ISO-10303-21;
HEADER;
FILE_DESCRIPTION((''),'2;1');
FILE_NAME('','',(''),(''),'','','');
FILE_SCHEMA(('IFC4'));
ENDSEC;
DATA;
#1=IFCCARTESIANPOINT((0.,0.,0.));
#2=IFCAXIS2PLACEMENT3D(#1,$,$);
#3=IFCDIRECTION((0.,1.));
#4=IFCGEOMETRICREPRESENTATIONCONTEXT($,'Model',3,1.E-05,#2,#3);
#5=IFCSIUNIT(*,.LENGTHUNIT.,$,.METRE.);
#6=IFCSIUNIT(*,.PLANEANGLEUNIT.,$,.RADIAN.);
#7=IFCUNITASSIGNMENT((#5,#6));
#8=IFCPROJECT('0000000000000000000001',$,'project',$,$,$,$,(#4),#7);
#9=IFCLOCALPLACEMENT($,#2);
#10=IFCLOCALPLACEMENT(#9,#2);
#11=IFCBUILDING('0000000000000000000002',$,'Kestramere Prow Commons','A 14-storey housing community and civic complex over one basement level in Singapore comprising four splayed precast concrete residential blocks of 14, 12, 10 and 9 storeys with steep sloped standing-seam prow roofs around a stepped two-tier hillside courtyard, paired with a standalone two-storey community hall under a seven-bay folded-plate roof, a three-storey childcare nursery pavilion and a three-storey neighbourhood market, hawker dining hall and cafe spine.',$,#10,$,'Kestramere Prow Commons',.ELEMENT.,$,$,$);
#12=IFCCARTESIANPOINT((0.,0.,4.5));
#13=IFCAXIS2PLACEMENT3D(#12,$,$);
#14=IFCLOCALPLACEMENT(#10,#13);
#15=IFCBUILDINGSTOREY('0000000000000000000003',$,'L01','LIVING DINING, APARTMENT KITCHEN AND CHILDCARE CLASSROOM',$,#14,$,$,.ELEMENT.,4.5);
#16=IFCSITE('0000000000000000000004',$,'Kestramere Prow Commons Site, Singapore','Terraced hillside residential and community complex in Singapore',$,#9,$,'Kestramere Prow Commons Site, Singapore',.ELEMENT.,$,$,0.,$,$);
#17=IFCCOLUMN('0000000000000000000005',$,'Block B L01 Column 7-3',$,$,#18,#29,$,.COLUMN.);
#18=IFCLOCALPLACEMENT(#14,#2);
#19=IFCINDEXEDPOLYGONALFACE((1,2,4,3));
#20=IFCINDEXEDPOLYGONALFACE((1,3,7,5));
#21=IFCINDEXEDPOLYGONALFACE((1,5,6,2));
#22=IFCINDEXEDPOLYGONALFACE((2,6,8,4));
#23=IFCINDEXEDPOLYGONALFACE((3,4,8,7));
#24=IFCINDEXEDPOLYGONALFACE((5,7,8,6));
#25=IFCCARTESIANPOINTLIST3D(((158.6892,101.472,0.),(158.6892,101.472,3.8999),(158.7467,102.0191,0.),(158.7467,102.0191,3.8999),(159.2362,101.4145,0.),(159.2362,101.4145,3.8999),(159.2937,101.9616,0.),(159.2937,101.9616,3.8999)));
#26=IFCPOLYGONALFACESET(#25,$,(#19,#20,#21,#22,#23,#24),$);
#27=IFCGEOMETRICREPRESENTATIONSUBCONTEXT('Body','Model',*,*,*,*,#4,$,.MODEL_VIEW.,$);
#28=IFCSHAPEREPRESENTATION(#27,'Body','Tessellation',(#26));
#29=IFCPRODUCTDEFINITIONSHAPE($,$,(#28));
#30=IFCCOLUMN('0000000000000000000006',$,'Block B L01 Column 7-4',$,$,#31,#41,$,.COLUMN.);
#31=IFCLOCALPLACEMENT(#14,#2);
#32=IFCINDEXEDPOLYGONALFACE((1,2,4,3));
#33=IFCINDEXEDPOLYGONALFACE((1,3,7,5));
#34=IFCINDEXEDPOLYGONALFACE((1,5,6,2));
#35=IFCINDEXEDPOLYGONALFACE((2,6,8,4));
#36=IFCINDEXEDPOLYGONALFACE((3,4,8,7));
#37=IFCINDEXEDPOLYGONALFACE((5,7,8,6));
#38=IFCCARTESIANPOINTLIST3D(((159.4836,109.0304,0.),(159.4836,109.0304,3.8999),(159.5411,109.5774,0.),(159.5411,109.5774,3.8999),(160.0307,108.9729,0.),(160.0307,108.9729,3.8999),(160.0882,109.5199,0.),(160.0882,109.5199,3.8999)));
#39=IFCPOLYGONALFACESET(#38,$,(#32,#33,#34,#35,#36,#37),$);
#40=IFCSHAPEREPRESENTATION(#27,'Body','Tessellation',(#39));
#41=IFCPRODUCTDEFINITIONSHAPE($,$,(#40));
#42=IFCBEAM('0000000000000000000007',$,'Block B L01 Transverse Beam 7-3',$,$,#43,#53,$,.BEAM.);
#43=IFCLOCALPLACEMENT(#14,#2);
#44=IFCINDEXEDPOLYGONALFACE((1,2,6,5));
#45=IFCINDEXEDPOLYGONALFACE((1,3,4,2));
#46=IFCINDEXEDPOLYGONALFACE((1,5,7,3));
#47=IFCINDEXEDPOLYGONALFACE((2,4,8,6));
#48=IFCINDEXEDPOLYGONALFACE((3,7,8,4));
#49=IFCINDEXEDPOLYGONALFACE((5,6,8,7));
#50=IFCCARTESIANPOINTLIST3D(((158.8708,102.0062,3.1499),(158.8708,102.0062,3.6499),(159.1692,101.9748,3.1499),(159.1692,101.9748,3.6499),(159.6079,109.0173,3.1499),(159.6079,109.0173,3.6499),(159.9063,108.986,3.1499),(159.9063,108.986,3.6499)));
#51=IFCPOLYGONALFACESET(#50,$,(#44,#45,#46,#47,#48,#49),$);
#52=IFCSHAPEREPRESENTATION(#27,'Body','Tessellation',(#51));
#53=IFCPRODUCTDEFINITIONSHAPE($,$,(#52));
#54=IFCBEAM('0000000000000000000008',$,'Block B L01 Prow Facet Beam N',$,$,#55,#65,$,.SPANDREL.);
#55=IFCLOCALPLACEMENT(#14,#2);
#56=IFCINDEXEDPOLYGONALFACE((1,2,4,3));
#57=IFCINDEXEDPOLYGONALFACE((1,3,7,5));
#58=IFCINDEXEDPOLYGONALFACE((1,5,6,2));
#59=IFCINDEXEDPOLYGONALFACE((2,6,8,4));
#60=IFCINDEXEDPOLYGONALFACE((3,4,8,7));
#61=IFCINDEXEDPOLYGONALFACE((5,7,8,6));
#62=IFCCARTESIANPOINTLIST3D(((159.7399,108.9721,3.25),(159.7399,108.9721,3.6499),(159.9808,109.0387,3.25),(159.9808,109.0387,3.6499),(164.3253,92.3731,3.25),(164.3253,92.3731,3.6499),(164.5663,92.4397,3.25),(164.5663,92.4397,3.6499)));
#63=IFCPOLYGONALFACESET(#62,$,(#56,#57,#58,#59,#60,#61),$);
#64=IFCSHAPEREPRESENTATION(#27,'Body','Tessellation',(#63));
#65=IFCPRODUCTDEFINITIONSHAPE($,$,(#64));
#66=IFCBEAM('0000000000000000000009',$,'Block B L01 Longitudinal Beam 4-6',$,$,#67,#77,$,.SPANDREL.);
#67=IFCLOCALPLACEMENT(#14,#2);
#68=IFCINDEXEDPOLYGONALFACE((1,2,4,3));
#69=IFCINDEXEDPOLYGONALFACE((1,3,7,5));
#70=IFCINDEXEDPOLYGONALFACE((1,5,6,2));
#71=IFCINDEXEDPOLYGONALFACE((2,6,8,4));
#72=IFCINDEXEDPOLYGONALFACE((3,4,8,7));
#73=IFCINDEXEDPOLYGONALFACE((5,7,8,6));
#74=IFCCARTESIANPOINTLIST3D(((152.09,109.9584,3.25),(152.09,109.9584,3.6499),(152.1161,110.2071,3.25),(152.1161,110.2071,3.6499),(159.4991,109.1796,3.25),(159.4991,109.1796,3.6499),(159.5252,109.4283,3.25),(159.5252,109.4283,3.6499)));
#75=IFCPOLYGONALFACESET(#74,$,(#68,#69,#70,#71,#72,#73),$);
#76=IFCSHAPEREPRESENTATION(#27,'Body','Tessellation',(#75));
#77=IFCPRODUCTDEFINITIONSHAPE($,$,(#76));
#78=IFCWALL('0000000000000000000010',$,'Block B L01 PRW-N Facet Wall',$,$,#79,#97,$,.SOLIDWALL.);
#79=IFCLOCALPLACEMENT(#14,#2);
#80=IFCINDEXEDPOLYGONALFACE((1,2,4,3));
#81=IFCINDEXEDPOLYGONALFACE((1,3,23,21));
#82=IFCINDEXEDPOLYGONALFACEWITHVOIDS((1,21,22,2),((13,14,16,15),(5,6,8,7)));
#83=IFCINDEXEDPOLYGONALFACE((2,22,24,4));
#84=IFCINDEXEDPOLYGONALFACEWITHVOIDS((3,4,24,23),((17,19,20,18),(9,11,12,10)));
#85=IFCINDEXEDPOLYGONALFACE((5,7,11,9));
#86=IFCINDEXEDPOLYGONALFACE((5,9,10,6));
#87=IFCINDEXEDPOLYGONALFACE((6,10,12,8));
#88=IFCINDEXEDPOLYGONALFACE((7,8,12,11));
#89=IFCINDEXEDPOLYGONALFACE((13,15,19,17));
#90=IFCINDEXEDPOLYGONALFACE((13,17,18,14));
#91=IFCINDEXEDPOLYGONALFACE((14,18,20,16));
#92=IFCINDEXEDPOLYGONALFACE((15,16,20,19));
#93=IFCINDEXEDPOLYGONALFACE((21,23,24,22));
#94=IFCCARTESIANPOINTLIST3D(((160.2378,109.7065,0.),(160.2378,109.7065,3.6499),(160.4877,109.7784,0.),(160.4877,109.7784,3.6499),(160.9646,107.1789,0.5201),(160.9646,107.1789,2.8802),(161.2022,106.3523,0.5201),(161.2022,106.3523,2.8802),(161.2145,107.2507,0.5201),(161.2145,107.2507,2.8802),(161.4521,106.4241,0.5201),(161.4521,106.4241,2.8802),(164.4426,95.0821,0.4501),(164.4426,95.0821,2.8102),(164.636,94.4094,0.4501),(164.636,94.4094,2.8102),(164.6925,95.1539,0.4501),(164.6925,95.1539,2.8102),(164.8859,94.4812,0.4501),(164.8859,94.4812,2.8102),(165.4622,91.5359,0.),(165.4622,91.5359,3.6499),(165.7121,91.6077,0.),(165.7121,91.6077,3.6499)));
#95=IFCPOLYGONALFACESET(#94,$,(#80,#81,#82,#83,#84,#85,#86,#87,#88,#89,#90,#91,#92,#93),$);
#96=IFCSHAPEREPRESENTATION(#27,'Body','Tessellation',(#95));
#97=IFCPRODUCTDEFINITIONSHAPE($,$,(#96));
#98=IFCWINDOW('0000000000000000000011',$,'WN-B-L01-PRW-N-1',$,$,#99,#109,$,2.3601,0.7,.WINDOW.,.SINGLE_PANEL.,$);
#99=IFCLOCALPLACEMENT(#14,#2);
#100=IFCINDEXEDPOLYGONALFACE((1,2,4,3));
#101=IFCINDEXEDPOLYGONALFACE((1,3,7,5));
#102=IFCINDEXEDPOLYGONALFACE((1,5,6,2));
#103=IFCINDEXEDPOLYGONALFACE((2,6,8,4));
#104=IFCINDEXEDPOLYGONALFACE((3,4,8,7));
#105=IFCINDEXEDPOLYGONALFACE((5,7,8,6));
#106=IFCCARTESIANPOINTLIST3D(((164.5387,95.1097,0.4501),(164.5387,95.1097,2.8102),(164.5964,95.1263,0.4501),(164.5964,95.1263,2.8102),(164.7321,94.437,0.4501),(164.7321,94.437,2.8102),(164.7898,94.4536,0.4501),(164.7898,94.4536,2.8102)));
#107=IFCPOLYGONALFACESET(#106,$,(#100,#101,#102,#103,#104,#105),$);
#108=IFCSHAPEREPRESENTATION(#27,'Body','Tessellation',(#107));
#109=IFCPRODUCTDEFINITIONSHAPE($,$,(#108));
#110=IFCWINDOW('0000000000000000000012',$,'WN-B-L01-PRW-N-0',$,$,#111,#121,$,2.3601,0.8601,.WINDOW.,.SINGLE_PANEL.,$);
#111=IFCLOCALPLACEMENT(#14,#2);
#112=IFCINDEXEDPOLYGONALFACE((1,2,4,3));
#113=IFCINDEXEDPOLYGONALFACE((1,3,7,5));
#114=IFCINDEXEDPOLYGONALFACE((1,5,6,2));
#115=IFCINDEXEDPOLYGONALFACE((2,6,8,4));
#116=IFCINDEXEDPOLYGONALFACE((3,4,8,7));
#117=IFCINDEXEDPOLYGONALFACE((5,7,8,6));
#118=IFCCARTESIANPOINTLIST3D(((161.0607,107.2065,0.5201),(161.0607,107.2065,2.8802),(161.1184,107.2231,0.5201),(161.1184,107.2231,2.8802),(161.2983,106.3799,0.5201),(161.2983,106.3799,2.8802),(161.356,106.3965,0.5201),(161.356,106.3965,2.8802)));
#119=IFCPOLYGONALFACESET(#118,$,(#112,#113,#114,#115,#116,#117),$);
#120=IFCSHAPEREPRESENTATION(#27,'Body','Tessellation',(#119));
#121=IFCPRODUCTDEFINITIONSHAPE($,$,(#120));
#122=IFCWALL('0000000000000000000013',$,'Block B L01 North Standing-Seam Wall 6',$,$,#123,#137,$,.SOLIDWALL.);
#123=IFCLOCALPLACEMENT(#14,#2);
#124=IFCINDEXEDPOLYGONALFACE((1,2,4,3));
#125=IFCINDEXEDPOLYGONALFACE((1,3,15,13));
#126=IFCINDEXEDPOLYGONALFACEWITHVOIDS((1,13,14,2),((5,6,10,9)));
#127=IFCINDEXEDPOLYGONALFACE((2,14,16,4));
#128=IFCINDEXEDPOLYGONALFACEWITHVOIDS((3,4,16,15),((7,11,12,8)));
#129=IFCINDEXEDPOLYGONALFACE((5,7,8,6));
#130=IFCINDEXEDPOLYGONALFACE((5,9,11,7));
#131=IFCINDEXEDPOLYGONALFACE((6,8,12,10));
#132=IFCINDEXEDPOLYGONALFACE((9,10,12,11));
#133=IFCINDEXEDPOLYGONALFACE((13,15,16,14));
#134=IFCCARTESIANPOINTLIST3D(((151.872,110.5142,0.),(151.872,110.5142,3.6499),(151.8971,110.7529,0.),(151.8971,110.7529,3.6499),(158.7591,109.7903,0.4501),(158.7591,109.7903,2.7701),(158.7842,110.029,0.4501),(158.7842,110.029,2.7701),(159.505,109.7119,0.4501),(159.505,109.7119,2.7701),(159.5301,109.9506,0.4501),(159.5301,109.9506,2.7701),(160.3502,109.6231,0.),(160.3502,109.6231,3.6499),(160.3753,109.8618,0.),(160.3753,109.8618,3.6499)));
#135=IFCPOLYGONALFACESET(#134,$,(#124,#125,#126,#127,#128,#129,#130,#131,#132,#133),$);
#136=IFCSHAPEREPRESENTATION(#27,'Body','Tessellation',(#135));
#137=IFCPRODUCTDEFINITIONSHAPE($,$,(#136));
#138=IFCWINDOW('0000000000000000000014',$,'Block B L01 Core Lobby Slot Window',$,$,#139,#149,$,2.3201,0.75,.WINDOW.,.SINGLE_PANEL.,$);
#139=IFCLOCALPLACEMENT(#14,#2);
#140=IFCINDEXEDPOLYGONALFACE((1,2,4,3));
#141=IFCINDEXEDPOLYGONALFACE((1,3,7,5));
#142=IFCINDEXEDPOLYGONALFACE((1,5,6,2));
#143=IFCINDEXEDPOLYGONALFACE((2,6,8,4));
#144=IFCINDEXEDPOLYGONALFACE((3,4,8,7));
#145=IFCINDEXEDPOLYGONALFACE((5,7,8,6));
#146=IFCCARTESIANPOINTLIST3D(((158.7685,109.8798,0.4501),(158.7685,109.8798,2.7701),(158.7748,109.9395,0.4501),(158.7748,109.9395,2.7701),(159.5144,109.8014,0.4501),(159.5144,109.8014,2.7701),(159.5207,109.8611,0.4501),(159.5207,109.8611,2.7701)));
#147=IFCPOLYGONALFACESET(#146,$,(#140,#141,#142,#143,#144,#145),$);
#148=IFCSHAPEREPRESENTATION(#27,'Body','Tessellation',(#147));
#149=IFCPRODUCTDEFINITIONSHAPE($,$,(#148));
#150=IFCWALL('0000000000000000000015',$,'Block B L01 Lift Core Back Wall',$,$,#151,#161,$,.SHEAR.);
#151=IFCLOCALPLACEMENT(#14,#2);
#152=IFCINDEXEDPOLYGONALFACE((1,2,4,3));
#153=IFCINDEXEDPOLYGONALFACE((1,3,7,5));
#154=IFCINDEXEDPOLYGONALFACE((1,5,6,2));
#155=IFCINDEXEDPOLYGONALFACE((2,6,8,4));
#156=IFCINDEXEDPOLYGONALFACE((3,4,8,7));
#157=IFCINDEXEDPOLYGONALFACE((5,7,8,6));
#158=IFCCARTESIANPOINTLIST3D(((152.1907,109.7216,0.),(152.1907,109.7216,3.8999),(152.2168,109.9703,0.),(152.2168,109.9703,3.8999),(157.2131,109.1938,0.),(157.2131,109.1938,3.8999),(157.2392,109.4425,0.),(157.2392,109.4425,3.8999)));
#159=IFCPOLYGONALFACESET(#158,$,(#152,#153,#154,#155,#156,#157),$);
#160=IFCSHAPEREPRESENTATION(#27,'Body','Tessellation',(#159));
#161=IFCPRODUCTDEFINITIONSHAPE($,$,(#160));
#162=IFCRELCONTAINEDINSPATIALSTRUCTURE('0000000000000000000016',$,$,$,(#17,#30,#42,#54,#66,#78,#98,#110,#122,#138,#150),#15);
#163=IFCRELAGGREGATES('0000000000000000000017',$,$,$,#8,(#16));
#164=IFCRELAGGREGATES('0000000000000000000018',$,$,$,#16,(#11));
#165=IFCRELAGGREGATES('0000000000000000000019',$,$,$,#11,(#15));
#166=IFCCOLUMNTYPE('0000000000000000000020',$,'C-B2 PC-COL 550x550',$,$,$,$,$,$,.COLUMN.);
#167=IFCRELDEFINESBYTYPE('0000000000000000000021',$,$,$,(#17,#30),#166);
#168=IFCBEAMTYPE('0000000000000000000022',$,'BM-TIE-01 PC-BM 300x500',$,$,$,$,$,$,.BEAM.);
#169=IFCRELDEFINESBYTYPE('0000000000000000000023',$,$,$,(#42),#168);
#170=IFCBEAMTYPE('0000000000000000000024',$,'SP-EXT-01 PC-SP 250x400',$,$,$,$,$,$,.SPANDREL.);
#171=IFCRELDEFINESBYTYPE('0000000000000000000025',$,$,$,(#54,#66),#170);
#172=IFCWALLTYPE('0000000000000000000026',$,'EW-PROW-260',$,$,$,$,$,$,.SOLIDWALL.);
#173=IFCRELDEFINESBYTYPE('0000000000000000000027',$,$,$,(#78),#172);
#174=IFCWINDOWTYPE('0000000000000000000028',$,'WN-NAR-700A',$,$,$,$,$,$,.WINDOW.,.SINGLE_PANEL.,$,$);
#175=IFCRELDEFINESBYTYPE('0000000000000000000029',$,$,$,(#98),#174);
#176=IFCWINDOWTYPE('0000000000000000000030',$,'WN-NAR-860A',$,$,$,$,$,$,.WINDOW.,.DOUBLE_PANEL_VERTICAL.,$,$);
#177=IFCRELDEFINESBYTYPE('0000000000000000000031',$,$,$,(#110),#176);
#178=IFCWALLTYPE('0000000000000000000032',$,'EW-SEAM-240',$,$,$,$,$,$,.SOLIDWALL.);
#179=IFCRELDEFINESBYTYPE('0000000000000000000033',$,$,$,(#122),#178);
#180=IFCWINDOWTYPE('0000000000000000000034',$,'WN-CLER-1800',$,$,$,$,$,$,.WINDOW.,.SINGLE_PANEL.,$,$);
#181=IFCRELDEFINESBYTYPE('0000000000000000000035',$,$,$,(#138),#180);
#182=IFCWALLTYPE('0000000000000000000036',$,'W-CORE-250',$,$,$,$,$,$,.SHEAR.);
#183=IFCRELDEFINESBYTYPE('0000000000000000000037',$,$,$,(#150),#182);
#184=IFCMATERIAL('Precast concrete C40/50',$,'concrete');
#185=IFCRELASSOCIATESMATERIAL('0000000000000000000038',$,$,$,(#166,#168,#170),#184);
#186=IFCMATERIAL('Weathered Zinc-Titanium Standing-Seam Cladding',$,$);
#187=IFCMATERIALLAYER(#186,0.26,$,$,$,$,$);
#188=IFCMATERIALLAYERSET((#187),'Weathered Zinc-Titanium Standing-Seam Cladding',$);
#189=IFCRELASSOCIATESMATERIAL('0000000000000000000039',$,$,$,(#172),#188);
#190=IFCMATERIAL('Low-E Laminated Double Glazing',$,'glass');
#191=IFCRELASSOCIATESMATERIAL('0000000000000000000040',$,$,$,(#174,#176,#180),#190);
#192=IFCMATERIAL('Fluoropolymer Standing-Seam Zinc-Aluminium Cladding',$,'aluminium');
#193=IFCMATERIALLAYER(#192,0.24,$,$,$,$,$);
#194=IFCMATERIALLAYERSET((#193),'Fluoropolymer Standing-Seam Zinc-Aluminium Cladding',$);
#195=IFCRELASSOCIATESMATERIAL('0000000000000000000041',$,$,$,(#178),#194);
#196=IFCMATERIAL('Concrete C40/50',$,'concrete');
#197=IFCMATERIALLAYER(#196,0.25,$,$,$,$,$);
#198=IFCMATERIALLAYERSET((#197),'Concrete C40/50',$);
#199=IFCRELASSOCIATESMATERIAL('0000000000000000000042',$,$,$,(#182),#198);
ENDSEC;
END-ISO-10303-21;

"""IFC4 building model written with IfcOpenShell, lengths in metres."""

from ifc_helpers import new_model, si_unit, direction, frame, frame_2d, origin, origin_2d, place, context, subcontext, project, spatial, rectangle, extrude, material, layer, layer_set, material_profile, profile_set, type_object, element, fill, save


model = new_model("IFC4")

# Units and contexts
model_context = context("Model", 3, precision=1e-05, world=origin(), true_north=direction((0.0, 1.0)))
body_context = subcontext(model_context, "Body", "Model", "MODEL_VIEW")
ifc_project = project(units=[si_unit("LENGTHUNIT", "METRE"), si_unit("PLANEANGLEUNIT", "RADIAN")], contexts=[model_context])

# Site, building, storey
site_placement = place(None, origin())
site = spatial("IfcSite", under=ifc_project, at=site_placement, Name="Kestramere Prow Commons Site, Singapore", Description="Terraced hillside residential and community complex in Singapore", LongName="Kestramere Prow Commons Site, Singapore", CompositionType="ELEMENT", RefElevation=0.0)
building_placement = place(site_placement, origin())
building = spatial("IfcBuilding", under=site, at=building_placement, Name="Kestramere Prow Commons", Description="A 14-storey housing community and civic complex over one basement level in Singapore comprising four splayed precast concrete residential blocks of 14, 12, 10 and 9 storeys with steep sloped standing-seam prow roofs around a stepped two-tier hillside courtyard, paired with a standalone two-storey community hall under a seven-bay folded-plate roof, a three-storey childcare nursery pavilion and a three-storey neighbourhood market, hawker dining hall and cafe spine.", LongName="Kestramere Prow Commons", CompositionType="ELEMENT")
storey_placement = place(building_placement, frame((0.0, 0.0, 4.5)))
storey = spatial("IfcBuildingStorey", under=building, at=storey_placement, Name="L01", Description="LIVING DINING, APARTMENT KITCHEN AND CHILDCARE CLASSROOM", CompositionType="ELEMENT", Elevation=4.5)

# Columns
ifc_material_1 = material(Name="Precast concrete C40/50", Category="concrete")
ifc_material_profile_1 = material_profile(ifc_material_1, rectangle(XDim=0.55, YDim=0.55, at=origin_2d()), Name="PC-COL 550x550")
ifc_profile_set_1 = profile_set([ifc_material_profile_1], Name="Precast concrete C40/50")
column_type = type_object("IfcColumnType", Name="C-B2 PC-COL 550x550", PredefinedType="COLUMN", material=ifc_profile_set_1)
for number, where, z_axis, x_axis, name in (
    (1, (158.9915, 101.7168, 0.0), (0.0, 0.0, 1.0), (0.994522, -0.104528, 0.0), "Block B L01 Column 7-3"),
    (2, (159.7859, 109.2751, 0.0), (0.0, 0.0, 1.0), (0.994522, -0.104528, 0.0), "Block B L01 Column 7-4"),
):
    element("IfcColumn", number, at=place(storey_placement, frame(where, z_axis=z_axis, x_axis=x_axis)), inside=storey, type_object=column_type, Name=name, PredefinedType="COLUMN", context=body_context, shape_type="SweptSolid", body=[
        extrude(rectangle(XDim=0.55, YDim=0.55, at=origin_2d()), origin(), (0.0, 0.0, 1.0), 3.8999),
    ])

# Beams
ifc_material_profile_2 = material_profile(ifc_material_1, rectangle(XDim=0.3, YDim=0.5, at=origin_2d()), Name="PC-BM 300x500")
ifc_profile_set_2 = profile_set([ifc_material_profile_2], Name="Precast concrete C40/50")
beam_type_1 = type_object("IfcBeamType", Name="BM-TIE-01 PC-BM 300x500", PredefinedType="BEAM", material=ifc_profile_set_2)
beam_1_placement = place(storey_placement, frame((159.02, 101.9905, 3.3999), z_axis=(0.10455, 0.99452, 0.0), x_axis=(-0.99452, 0.10455, 0.0)))
element("IfcBeam", 3, at=beam_1_placement, inside=storey, type_object=beam_type_1, Name="Block B L01 Transverse Beam 7-3", PredefinedType="BEAM", context=body_context, shape_type="SweptSolid", body=[
    extrude(rectangle(XDim=0.3, YDim=0.5, at=origin_2d()), origin(), (0.0, 0.0, 1.0), 7.0498),
])
ifc_material_profile_3 = material_profile(ifc_material_1, rectangle(XDim=0.25, YDim=0.3999, at=origin_2d()), Name="PC-SP 250x400")
ifc_profile_set_3 = profile_set([ifc_material_profile_3], Name="Precast concrete C40/50")
beam_type_2 = type_object("IfcBeamType", Name="SP-EXT-01 PC-SP 250x400", PredefinedType="SPANDREL", material=ifc_profile_set_3)
beam_2_placement = place(storey_placement, frame((159.8604, 109.0054, 3.45), z_axis=(0.266277, -0.963897, 0.0), x_axis=(0.963897, 0.266277, 0.0)))
element("IfcBeam", 4, at=beam_2_placement, inside=storey, type_object=beam_type_2, Name="Block B L01 Prow Facet Beam N", PredefinedType="SPANDREL", context=body_context, shape_type="SweptSolid", body=[
    extrude(rectangle(XDim=0.25, YDim=0.3999, at=origin_2d()), origin(), (0.0, 0.0, 1.0), 17.2207),
])
beam_3_placement = place(storey_placement, frame((152.103, 110.0828, 3.45), z_axis=(0.994521, -0.104538, 0.0), x_axis=(0.104538, 0.994521, 0.0)))
element("IfcBeam", 5, at=beam_3_placement, inside=storey, type_object=beam_type_2, Name="Block B L01 Longitudinal Beam 4-6", PredefinedType="SPANDREL", context=body_context, shape_type="SweptSolid", body=[
    extrude(rectangle(XDim=0.25, YDim=0.3999, at=origin_2d()), origin(), (0.0, 0.0, 1.0), 7.45),
])

# Wall, openings, windows
ifc_material_2 = material(Name="Weathered Zinc-Titanium Standing-Seam Cladding")
ifc_layer_1 = layer(ifc_material_2, 0.26)
ifc_layer_set_1 = layer_set([ifc_layer_1], Name="Weathered Zinc-Titanium Standing-Seam Cladding")
wall_type_1 = type_object("IfcWallType", Name="EW-PROW-260", PredefinedType="SOLIDWALL", material=ifc_layer_set_1)
wall_1_placement = place(storey_placement, frame((160.3628, 109.7424, 0.0), z_axis=(0.0, 0.0, 1.0), x_axis=(0.276322, -0.961065, 0.0)))
wall_1 = element("IfcWall", 6, at=wall_1_placement, inside=storey, type_object=wall_type_1, Name="Block B L01 PRW-N Facet Wall", PredefinedType="SOLIDWALL", context=body_context, shape_type="SweptSolid", body=[
    extrude(rectangle(XDim=18.9067, YDim=0.26, at=frame_2d((9.4534, 0.0))), origin(), (0.0, 0.0, 1.0), 3.6499),
])
opening_1_placement = place(wall_1_placement, frame((2.6299, 0.0, 0.52)))
opening_1 = element("IfcOpeningElement", 7, at=opening_1_placement, cuts=wall_1, PredefinedType="OPENING", context=body_context, shape_type="SweptSolid", body=[
    extrude(rectangle(XDim=0.8601, YDim=2.3601, at=frame_2d((0.4302, 1.1802))), frame((0.0, 0.145, 0.0), z_axis=(0.0, -1.0, 0.0), x_axis=(1.0, 0.0, 0.0)), (0.0, 0.0, 1.0), 0.29),
])
opening_2_placement = place(wall_1_placement, frame((15.2168, 0.0, 0.45)))
opening_2 = element("IfcOpeningElement", 8, at=opening_2_placement, cuts=wall_1, PredefinedType="OPENING", context=body_context, shape_type="SweptSolid", body=[
    extrude(rectangle(XDim=0.7, YDim=2.3601, at=frame_2d((0.3501, 1.1802))), frame((0.0, 0.145, 0.0), z_axis=(0.0, -1.0, 0.0), x_axis=(1.0, 0.0, 0.0)), (0.0, 0.0, 1.0), 0.29),
])
ifc_material_3 = material(Name="Low-E Laminated Double Glazing", Category="glass")
window_type_1 = type_object("IfcWindowType", Name="WN-NAR-700A", PartitioningType="SINGLE_PANEL", PredefinedType="WINDOW", material=ifc_material_3)
window_1_placement = place(opening_2_placement, origin())
window_1 = element("IfcWindow", 9, at=window_1_placement, inside=storey, type_object=window_type_1, Name="WN-B-L01-PRW-N-1", OverallHeight=2.3601, OverallWidth=0.7, PartitioningType="SINGLE_PANEL", PredefinedType="WINDOW", context=body_context, shape_type="SweptSolid", body=[
    extrude(rectangle(XDim=0.7, YDim=2.3601, at=frame_2d((0.3501, 1.1802))), frame((0.0, 0.03, 0.0), z_axis=(0.0, -1.0, 0.0), x_axis=(1.0, 0.0, 0.0)), (0.0, 0.0, 1.0), 0.0601),
])
fill(opening_2, window_1)
window_type_2 = type_object("IfcWindowType", Name="WN-NAR-860A", PartitioningType="DOUBLE_PANEL_VERTICAL", PredefinedType="WINDOW", material=ifc_material_3)
window_2_placement = place(opening_1_placement, origin())
window_2 = element("IfcWindow", 10, at=window_2_placement, inside=storey, type_object=window_type_2, Name="WN-B-L01-PRW-N-0", OverallHeight=2.3601, OverallWidth=0.8601, PartitioningType="SINGLE_PANEL", PredefinedType="WINDOW", context=body_context, shape_type="SweptSolid", body=[
    extrude(rectangle(XDim=0.8601, YDim=2.3601, at=frame_2d((0.4302, 1.1802))), frame((0.0, 0.03, 0.0), z_axis=(0.0, -1.0, 0.0), x_axis=(1.0, 0.0, 0.0)), (0.0, 0.0, 1.0), 0.0601),
])
fill(opening_1, window_2)

# Wall, opening, window
ifc_material_4 = material(Name="Fluoropolymer Standing-Seam Zinc-Aluminium Cladding", Category="aluminium")
ifc_layer_2 = layer(ifc_material_4, 0.24)
ifc_layer_set_2 = layer_set([ifc_layer_2], Name="Fluoropolymer Standing-Seam Zinc-Aluminium Cladding")
wall_type_2 = type_object("IfcWallType", Name="EW-SEAM-240", PredefinedType="SOLIDWALL", material=ifc_layer_set_2)
wall_2_placement = place(storey_placement, frame((151.8845, 110.6335, 0.0), z_axis=(0.0, 0.0, 1.0), x_axis=(0.994522, -0.10453, 0.0)))
wall_2 = element("IfcWall", 11, at=wall_2_placement, inside=storey, type_object=wall_type_2, Name="Block B L01 North Standing-Seam Wall 6", PredefinedType="SOLIDWALL", context=body_context, shape_type="SweptSolid", body=[
    extrude(rectangle(XDim=8.5249, YDim=0.24, at=frame_2d((4.2625, 0.0))), origin(), (0.0, 0.0, 1.0), 3.6499),
])
opening_3_placement = place(wall_2_placement, frame((6.925, 0.0, 0.45)))
opening_3 = element("IfcOpeningElement", 12, at=opening_3_placement, cuts=wall_2, PredefinedType="OPENING", context=body_context, shape_type="SweptSolid", body=[
    extrude(rectangle(XDim=0.75, YDim=2.3201, at=frame_2d((0.375, 1.1602))), frame((0.0, 0.135, 0.0), z_axis=(0.0, -1.0, 0.0), x_axis=(1.0, 0.0, 0.0)), (0.0, 0.0, 1.0), 0.27),
])
window_type_3 = type_object("IfcWindowType", Name="WN-CLER-1800", PartitioningType="SINGLE_PANEL", PredefinedType="WINDOW", material=ifc_material_3)
window_3_placement = place(opening_3_placement, origin())
window_3 = element("IfcWindow", 13, at=window_3_placement, inside=storey, type_object=window_type_3, Name="Block B L01 Core Lobby Slot Window", OverallHeight=2.3201, OverallWidth=0.75, PartitioningType="SINGLE_PANEL", PredefinedType="WINDOW", context=body_context, shape_type="SweptSolid", body=[
    extrude(rectangle(XDim=0.75, YDim=2.3201, at=frame_2d((0.375, 1.1602))), frame((0.0, 0.03, 0.0), z_axis=(0.0, -1.0, 0.0), x_axis=(1.0, 0.0, 0.0)), (0.0, 0.0, 1.0), 0.0601),
])
fill(opening_3, window_3)

# Wall
ifc_material_5 = material(Name="Concrete C40/50", Category="concrete")
ifc_layer_3 = layer(ifc_material_5, 0.25)
ifc_layer_set_3 = layer_set([ifc_layer_3], Name="Concrete C40/50")
wall_type_3 = type_object("IfcWallType", Name="W-CORE-250", PredefinedType="SHEAR", material=ifc_layer_set_3)
wall_3_placement = place(storey_placement, frame((152.2039, 109.8459, 0.0), z_axis=(0.0, 0.0, 1.0), x_axis=(0.994523, -0.104519, 0.0)))
element("IfcWall", 14, at=wall_3_placement, inside=storey, type_object=wall_type_3, Name="Block B L01 Lift Core Back Wall", PredefinedType="SHEAR", context=body_context, shape_type="SweptSolid", body=[
    extrude(rectangle(XDim=5.05, YDim=0.25, at=frame_2d((2.5249, 0.0))), origin(), (0.0, 0.0, 1.0), 3.8999),
])

save(model, "model.ifc")
